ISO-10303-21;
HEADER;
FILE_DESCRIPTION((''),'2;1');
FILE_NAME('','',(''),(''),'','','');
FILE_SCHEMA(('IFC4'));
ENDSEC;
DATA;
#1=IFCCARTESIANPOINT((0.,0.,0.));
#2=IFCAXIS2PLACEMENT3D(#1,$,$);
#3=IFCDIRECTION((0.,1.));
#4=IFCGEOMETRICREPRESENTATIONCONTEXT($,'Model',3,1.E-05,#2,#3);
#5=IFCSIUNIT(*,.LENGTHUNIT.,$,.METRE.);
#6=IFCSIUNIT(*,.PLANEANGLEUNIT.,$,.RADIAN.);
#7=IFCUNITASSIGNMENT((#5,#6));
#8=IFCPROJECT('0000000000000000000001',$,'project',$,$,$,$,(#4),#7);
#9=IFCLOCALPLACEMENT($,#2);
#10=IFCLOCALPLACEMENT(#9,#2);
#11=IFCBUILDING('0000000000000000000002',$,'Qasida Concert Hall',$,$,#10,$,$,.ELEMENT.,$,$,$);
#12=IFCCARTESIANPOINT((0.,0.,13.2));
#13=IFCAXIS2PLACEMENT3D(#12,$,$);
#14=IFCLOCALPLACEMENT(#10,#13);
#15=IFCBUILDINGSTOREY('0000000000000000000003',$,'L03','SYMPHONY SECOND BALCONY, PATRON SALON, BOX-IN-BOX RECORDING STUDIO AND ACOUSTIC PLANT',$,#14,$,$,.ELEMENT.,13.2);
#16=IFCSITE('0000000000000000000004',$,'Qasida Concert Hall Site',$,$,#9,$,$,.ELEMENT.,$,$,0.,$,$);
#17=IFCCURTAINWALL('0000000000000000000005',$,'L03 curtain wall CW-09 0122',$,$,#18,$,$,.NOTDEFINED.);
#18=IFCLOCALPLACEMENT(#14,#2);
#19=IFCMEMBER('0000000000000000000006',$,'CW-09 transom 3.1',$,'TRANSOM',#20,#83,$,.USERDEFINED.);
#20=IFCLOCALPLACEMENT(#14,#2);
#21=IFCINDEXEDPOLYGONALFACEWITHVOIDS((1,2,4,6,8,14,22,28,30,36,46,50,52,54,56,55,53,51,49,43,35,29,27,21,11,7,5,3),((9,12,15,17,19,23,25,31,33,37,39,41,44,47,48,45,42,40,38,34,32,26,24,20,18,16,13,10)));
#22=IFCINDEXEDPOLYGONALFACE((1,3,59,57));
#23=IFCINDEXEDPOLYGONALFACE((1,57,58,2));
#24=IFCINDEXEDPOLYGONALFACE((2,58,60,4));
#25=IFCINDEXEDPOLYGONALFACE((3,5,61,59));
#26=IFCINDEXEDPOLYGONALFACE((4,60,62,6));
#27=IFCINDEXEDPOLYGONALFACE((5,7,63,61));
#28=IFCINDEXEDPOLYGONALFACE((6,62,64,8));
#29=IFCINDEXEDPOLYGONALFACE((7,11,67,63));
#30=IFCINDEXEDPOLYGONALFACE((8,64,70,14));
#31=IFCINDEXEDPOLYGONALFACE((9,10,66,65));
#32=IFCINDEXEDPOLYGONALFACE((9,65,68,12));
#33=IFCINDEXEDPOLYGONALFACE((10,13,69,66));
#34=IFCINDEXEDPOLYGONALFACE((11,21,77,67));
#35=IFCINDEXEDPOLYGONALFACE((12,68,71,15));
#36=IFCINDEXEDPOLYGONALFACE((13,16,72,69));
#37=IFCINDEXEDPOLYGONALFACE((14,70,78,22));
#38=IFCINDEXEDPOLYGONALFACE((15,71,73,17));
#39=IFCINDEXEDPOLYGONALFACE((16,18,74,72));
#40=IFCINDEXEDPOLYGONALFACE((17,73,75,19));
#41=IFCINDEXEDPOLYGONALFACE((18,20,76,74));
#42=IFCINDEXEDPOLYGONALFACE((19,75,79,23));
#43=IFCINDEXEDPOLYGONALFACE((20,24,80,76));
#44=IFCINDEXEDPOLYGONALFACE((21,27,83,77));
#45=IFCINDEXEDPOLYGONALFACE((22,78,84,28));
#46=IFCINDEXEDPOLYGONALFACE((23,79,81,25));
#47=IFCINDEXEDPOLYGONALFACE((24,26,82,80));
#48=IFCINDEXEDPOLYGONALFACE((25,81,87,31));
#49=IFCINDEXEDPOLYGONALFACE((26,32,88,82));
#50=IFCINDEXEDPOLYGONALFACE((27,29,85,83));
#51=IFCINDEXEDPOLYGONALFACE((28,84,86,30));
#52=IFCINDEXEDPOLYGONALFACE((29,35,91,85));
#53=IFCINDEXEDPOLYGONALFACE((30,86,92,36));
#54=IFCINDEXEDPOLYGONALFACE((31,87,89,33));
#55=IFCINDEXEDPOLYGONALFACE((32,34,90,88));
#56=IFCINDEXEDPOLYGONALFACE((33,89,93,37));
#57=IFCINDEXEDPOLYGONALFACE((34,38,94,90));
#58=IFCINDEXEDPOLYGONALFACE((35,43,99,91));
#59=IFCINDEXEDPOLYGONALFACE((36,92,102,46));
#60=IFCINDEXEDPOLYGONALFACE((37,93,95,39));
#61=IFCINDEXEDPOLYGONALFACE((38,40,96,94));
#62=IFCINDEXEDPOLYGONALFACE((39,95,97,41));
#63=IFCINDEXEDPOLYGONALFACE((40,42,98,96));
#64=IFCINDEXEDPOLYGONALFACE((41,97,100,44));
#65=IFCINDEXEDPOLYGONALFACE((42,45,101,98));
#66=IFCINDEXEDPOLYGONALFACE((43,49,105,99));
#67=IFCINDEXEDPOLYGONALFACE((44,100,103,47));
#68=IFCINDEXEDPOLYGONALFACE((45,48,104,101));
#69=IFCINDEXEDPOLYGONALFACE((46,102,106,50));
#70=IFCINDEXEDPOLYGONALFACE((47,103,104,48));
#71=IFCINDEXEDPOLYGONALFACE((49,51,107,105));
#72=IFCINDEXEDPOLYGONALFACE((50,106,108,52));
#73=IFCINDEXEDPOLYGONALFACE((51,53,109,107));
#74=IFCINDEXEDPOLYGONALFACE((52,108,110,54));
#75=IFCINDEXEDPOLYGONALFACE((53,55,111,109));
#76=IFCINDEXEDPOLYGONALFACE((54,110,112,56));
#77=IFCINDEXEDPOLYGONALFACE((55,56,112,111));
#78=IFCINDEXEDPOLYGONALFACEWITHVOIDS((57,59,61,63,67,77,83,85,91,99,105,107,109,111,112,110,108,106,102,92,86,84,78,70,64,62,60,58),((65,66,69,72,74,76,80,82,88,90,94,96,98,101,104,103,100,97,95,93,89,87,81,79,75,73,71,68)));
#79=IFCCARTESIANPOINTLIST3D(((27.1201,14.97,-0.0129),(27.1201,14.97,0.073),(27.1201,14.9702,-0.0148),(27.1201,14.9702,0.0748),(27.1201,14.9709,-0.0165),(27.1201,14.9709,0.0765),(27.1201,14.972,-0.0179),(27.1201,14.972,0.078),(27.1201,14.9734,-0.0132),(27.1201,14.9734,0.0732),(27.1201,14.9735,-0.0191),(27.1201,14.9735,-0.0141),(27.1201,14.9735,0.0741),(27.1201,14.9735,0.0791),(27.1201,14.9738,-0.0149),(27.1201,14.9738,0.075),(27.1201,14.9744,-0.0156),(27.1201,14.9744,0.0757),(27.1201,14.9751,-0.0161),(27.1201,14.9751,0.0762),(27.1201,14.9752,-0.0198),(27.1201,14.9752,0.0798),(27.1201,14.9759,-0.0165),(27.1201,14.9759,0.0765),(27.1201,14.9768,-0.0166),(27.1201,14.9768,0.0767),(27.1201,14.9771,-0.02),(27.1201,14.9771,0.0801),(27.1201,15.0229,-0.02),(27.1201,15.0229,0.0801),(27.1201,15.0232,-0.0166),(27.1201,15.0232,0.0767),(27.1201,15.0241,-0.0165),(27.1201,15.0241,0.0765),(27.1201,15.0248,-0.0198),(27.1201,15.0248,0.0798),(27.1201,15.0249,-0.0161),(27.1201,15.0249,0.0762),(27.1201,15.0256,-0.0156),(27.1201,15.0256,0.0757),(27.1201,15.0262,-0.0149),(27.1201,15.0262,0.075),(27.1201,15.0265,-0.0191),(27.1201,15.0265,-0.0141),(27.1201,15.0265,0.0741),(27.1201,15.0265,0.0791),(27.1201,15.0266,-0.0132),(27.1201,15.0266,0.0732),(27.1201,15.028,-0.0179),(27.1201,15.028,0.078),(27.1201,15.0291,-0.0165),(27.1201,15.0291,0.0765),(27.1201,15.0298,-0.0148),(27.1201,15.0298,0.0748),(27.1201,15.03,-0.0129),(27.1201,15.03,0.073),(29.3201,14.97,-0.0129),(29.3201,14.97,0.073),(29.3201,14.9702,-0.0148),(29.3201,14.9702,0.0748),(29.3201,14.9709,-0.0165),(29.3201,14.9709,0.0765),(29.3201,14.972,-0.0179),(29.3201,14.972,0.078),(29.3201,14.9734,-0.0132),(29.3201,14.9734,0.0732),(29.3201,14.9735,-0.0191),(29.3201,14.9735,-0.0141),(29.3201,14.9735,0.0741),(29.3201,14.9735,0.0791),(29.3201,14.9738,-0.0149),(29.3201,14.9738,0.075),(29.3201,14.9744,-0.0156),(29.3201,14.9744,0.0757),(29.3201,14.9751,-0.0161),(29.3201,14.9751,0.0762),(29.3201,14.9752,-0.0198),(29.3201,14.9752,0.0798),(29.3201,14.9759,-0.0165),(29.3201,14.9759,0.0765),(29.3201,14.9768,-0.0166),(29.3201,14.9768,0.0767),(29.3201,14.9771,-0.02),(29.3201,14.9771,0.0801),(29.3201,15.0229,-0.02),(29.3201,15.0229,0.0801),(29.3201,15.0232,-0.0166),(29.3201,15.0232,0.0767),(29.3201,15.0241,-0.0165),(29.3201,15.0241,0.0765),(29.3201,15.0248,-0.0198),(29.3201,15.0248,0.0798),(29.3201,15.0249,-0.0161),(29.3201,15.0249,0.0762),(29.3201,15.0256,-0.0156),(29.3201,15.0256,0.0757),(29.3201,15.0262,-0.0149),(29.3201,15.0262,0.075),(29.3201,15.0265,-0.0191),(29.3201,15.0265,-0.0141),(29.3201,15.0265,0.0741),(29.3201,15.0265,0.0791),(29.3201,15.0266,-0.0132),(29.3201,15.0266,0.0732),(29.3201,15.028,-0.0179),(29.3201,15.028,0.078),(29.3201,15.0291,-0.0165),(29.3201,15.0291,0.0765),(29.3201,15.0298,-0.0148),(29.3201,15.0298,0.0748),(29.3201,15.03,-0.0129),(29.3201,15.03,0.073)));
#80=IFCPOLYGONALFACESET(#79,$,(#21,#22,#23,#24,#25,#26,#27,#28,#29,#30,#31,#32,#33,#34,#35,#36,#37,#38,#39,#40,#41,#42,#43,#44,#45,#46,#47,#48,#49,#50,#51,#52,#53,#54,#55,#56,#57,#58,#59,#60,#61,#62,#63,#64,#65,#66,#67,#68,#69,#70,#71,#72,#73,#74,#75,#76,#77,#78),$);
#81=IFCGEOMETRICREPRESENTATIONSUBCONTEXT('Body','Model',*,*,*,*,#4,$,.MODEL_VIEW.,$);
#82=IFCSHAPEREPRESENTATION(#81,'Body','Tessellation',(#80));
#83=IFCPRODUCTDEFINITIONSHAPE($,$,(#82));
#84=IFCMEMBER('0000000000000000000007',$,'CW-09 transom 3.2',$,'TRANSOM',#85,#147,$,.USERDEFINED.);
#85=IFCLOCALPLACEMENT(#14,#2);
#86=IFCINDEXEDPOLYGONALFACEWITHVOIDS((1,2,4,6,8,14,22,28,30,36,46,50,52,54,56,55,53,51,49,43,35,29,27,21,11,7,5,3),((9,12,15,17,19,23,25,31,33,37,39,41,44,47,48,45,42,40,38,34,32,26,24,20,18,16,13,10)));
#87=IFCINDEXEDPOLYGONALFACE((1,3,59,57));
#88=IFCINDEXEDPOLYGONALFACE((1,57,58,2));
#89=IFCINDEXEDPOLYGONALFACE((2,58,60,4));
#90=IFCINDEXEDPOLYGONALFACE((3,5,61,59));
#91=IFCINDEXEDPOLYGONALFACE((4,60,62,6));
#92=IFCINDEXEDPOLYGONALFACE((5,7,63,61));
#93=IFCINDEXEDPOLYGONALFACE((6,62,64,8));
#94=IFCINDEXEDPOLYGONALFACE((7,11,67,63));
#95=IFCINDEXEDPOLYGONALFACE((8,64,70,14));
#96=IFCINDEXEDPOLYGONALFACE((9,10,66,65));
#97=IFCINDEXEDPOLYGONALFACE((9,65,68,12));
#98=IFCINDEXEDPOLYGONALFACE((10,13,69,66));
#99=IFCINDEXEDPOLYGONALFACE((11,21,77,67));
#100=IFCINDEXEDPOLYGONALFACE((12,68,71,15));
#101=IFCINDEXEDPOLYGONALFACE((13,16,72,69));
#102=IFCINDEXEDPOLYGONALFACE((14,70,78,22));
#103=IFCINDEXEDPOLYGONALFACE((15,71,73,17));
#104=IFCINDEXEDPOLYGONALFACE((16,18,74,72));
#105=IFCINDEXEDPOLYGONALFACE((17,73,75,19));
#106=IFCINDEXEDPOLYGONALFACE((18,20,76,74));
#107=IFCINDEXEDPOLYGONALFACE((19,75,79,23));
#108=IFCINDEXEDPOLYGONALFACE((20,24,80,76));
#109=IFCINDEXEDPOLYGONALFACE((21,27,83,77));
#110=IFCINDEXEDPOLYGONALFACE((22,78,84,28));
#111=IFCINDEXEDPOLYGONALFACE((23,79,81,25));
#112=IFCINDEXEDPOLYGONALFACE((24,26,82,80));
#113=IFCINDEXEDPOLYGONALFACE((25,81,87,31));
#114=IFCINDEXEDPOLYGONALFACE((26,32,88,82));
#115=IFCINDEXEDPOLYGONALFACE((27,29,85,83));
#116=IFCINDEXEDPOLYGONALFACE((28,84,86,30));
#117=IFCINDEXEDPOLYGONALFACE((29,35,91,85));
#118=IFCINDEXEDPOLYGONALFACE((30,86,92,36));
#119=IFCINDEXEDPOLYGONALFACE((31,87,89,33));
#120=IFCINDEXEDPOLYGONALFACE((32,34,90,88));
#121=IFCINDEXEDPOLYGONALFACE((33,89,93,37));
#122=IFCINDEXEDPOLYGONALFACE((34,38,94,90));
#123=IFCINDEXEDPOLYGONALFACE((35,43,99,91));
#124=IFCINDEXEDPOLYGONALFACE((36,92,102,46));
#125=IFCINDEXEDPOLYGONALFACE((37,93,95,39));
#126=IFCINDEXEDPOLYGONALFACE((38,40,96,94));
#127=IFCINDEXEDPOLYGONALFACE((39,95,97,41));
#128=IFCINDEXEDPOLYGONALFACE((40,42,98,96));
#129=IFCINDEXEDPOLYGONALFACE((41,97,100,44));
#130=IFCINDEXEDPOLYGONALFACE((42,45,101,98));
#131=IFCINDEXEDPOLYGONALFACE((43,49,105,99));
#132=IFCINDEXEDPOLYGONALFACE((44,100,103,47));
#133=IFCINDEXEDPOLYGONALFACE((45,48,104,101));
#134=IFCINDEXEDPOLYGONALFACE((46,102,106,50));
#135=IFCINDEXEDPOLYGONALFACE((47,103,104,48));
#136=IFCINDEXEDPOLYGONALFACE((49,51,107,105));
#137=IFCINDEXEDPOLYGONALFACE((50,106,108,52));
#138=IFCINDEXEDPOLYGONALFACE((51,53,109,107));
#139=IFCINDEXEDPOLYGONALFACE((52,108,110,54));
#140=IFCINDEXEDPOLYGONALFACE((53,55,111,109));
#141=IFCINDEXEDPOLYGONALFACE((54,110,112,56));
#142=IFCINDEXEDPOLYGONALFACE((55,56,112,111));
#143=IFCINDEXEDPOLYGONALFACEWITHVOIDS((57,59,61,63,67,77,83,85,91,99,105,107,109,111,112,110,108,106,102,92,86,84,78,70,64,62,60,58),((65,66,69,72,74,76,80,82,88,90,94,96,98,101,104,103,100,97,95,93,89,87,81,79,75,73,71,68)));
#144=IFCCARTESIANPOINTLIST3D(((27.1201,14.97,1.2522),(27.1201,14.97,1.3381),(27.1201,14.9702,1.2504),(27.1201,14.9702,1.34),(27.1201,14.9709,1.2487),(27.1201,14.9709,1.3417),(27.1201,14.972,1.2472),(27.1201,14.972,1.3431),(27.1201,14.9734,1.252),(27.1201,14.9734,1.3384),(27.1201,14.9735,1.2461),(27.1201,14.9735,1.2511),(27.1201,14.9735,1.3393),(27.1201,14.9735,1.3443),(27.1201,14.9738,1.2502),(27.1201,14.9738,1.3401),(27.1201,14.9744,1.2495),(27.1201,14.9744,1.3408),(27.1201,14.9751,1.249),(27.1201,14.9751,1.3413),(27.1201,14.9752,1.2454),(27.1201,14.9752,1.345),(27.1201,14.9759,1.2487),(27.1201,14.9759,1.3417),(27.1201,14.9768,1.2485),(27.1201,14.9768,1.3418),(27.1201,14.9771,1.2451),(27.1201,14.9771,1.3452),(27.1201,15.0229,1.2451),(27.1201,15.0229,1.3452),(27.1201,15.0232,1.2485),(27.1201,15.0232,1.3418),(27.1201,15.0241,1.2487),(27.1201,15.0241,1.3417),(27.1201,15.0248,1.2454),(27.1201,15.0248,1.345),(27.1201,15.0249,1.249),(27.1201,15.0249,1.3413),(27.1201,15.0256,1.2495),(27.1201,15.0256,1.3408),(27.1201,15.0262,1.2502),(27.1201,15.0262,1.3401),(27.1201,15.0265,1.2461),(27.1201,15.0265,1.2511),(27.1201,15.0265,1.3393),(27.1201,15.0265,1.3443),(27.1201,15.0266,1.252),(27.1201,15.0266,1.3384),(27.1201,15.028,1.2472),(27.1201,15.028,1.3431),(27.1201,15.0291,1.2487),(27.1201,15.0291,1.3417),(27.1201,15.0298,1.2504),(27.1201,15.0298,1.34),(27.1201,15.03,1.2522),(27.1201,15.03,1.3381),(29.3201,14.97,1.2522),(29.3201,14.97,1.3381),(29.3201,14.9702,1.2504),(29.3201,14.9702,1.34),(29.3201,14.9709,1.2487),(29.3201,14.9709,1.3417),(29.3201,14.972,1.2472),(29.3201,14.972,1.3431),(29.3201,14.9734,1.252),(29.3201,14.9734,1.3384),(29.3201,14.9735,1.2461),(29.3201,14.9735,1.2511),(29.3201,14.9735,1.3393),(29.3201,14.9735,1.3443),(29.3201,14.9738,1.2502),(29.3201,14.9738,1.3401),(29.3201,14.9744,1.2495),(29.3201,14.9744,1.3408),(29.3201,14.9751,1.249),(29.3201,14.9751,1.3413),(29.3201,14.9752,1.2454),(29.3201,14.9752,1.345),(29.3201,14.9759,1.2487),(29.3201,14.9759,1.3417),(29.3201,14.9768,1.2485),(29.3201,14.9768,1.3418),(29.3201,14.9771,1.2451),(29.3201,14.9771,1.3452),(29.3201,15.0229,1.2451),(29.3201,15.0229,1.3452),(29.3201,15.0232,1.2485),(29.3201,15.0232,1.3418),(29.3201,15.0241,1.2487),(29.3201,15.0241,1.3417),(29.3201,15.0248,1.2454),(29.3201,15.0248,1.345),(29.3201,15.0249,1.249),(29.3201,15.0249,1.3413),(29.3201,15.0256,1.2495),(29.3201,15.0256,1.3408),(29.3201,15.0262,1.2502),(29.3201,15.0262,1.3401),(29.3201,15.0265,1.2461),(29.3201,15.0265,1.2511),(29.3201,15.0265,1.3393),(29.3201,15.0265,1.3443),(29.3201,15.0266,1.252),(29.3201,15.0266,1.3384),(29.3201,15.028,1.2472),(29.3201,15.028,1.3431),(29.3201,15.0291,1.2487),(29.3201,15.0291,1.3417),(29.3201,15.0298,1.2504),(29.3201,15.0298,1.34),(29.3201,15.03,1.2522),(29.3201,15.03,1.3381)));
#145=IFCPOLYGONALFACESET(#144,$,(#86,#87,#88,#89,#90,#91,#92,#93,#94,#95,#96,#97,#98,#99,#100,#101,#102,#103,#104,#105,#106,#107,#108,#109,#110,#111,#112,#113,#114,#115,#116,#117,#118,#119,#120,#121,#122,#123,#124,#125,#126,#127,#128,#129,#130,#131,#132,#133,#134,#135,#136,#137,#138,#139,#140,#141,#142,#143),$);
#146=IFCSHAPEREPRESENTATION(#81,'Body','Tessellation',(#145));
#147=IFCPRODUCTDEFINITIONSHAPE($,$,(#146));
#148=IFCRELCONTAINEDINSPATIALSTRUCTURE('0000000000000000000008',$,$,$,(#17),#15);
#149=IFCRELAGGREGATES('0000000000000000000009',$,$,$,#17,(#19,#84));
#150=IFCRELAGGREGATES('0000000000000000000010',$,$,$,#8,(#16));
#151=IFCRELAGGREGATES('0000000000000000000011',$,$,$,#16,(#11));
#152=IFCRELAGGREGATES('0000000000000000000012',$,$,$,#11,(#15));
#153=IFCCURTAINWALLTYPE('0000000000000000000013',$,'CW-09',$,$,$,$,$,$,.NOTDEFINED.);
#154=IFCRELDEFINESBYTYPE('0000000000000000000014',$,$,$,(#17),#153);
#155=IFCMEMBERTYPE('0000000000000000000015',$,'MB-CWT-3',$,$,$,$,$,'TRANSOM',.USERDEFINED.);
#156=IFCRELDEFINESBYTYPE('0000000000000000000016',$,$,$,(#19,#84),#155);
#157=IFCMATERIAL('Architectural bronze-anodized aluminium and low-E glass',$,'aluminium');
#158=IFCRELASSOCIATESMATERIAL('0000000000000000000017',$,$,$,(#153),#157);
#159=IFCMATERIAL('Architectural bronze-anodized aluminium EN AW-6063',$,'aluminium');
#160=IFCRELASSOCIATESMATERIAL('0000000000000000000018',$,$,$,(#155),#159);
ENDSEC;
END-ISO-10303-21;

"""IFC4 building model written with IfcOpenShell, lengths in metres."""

from ifc_helpers import new_model, si_unit, direction, frame, origin, origin_2d, place, context, subcontext, project, spatial, hollow_rectangle, extrude, material, material_profile, profile_set, type_object, element, aggregate, save


model = new_model("IFC4")

# Units and contexts
model_context = context("Model", 3, precision=1e-05, world=origin(), true_north=direction((0.0, 1.0)))
body_context = subcontext(model_context, "Body", "Model", "MODEL_VIEW")
ifc_project = project(units=[si_unit("LENGTHUNIT", "METRE"), si_unit("PLANEANGLEUNIT", "RADIAN")], contexts=[model_context])

# Site, building, storey
site_placement = place(None, origin())
site = spatial("IfcSite", under=ifc_project, at=site_placement, Name="Qasida Concert Hall Site", CompositionType="ELEMENT", RefElevation=0.0)
building_placement = place(site_placement, origin())
building = spatial("IfcBuilding", under=site, at=building_placement, Name="Qasida Concert Hall", CompositionType="ELEMENT")
storey_placement = place(building_placement, frame((0.0, 0.0, 13.2)))
storey = spatial("IfcBuildingStorey", under=building, at=storey_placement, Name="L03", Description="SYMPHONY SECOND BALCONY, PATRON SALON, BOX-IN-BOX RECORDING STUDIO AND ACOUSTIC PLANT", CompositionType="ELEMENT", Elevation=13.2)

# Curtain wall
ifc_material_1 = material(Name="Architectural bronze-anodized aluminium and low-E glass", Category="aluminium")
curtain_wall_type = type_object("IfcCurtainWallType", Name="CW-09", PredefinedType="NOTDEFINED", material=ifc_material_1)
curtain_wall_1_placement = place(storey_placement, origin())
curtain_wall_1 = element("IfcCurtainWall", 1, at=curtain_wall_1_placement, inside=storey, type_object=curtain_wall_type, Name="L03 curtain wall CW-09 0122", PredefinedType="NOTDEFINED")
ifc_material_2 = material(Name="Architectural bronze-anodized aluminium EN AW-6063", Category="aluminium")

# Members
ifc_material_profile_1 = material_profile(ifc_material_2, hollow_rectangle(XDim=0.0601, YDim=0.1001, WallThickness=0.0034, InnerFilletRadius=0.0034, OuterFilletRadius=0.0071, at=origin_2d()), Name="CWT 100x60x3.5")
ifc_profile_set_1 = profile_set([ifc_material_profile_1], Name="Architectural bronze-anodized aluminium EN AW-6063")
member_type_1 = type_object("IfcMemberType", Name="MB-CWT-3", ElementType="TRANSOM", PredefinedType="USERDEFINED", material=ifc_profile_set_1)
member_1_placement = place(storey_placement, frame((27.1201, 15.0, 0.03), z_axis=(1.0, 0.0, 0.0), x_axis=(0.0, 1.0, 0.0)))
member_1 = element("IfcMember", 2, at=member_1_placement, type_object=member_type_1, Name="CW-09 transom 3.1", ObjectType="TRANSOM", PredefinedType="USERDEFINED", context=body_context, shape_type="SweptSolid", body=[
    extrude(hollow_rectangle(XDim=0.0601, YDim=0.1001, WallThickness=0.0034, InnerFilletRadius=0.0034, OuterFilletRadius=0.0071, at=origin_2d()), origin(), (0.0, 0.0, 1.0), 2.2),
])
member_2_placement = place(storey_placement, frame((27.1201, 15.0, 1.2952), z_axis=(1.0, 0.0, 0.0), x_axis=(0.0, 1.0, 0.0)))
member_2 = element("IfcMember", 3, at=member_2_placement, type_object=member_type_1, Name="CW-09 transom 3.2", ObjectType="TRANSOM", PredefinedType="USERDEFINED", context=body_context, shape_type="SweptSolid", body=[
    extrude(hollow_rectangle(XDim=0.0601, YDim=0.1001, WallThickness=0.0034, InnerFilletRadius=0.0034, OuterFilletRadius=0.0071, at=origin_2d()), origin(), (0.0, 0.0, 1.0), 2.2),
])

aggregate(curtain_wall_1, [member_1, member_2])

save(model, "model.ifc")
